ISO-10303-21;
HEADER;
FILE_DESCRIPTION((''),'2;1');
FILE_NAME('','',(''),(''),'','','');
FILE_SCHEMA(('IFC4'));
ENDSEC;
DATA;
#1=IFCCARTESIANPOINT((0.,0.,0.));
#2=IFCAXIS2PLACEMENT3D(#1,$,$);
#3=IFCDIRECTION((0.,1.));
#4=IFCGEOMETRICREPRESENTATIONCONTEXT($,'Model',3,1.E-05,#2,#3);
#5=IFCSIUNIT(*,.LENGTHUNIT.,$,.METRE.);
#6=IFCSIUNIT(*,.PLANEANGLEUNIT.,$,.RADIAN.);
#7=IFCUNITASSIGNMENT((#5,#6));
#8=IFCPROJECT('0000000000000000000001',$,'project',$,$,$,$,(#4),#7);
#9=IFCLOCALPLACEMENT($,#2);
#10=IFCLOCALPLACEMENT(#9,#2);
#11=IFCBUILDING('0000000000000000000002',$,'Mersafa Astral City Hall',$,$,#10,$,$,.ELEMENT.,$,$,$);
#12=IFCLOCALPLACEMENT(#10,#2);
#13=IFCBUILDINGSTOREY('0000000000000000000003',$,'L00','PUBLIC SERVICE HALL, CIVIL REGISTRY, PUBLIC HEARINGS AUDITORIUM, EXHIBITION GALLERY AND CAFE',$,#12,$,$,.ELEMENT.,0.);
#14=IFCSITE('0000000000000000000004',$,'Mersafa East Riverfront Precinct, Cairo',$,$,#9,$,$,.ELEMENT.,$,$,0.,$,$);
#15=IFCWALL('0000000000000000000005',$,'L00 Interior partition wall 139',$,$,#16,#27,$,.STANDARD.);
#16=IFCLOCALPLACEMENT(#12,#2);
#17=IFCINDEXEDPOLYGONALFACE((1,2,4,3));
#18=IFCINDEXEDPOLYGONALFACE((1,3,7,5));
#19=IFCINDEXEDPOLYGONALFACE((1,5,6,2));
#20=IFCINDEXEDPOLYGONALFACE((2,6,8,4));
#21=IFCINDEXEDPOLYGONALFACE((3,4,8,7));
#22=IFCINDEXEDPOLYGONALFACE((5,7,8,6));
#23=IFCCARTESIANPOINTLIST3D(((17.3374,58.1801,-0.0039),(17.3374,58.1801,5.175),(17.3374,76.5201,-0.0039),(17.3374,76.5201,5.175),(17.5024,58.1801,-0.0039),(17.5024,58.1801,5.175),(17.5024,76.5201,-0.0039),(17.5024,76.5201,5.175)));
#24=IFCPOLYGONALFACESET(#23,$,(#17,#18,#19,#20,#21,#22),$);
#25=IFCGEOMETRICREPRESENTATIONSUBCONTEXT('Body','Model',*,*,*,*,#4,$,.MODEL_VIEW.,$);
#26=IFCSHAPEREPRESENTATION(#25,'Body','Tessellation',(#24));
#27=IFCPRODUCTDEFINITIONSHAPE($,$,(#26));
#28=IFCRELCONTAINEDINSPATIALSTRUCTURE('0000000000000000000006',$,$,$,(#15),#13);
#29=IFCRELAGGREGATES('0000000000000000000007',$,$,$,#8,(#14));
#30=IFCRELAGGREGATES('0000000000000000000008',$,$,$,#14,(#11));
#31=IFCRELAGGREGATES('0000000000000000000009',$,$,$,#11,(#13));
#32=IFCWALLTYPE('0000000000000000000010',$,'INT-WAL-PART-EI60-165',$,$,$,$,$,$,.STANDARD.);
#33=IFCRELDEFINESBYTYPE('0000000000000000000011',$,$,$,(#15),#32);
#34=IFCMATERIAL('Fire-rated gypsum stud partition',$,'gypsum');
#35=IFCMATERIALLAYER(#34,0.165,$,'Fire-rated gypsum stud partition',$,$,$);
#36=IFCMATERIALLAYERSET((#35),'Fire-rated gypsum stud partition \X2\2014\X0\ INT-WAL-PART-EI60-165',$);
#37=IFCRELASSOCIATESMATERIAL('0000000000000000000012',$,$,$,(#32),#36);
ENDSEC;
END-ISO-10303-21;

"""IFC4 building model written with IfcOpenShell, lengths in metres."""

from ifc_helpers import new_model, si_unit, direction, frame, frame_2d, origin, place, context, subcontext, project, spatial, rectangle, extrude, material, layer, layer_set, type_object, element, save


model = new_model("IFC4")

# Units and contexts
model_context = context("Model", 3, precision=1e-05, world=origin(), true_north=direction((0.0, 1.0)))
body_context = subcontext(model_context, "Body", "Model", "MODEL_VIEW")
ifc_project = project(units=[si_unit("LENGTHUNIT", "METRE"), si_unit("PLANEANGLEUNIT", "RADIAN")], contexts=[model_context])

# Site, building, storey
site_placement = place(None, origin())
site = spatial("IfcSite", under=ifc_project, at=site_placement, Name="Mersafa East Riverfront Precinct, Cairo", CompositionType="ELEMENT", RefElevation=0.0)
building_placement = place(site_placement, origin())
building = spatial("IfcBuilding", under=site, at=building_placement, Name="Mersafa Astral City Hall", CompositionType="ELEMENT")
storey_placement = place(building_placement, origin())
storey = spatial("IfcBuildingStorey", under=building, at=storey_placement, Name="L00", Description="PUBLIC SERVICE HALL, CIVIL REGISTRY, PUBLIC HEARINGS AUDITORIUM, EXHIBITION GALLERY AND CAFE", CompositionType="ELEMENT", Elevation=0.0)

# Wall
ifc_material_1 = material(Name="Fire-rated gypsum stud partition", Category="gypsum")
ifc_layer = layer(ifc_material_1, 0.165, Name="Fire-rated gypsum stud partition")
ifc_layer_set = layer_set([ifc_layer], Name="Fire-rated gypsum stud partition — INT-WAL-PART-EI60-165")
wall_type = type_object("IfcWallType", Name="INT-WAL-PART-EI60-165", PredefinedType="STANDARD", material=ifc_layer_set)
wall_placement = place(storey_placement, frame((17.4199, 76.52, -0.0039), z_axis=(0.0, 0.0, 1.0), x_axis=(0.0, -1.0, 0.0)))
element("IfcWall", 1, at=wall_placement, inside=storey, type_object=wall_type, Name="L00 Interior partition wall 139", PredefinedType="STANDARD", context=body_context, shape_type="SweptSolid", body=[
    extrude(rectangle(XDim=18.3401, YDim=0.165, at=frame_2d((9.1699, 0.0))), origin(), (0.0, 0.0, 1.0), 5.179),
])

save(model, "model.ifc")
